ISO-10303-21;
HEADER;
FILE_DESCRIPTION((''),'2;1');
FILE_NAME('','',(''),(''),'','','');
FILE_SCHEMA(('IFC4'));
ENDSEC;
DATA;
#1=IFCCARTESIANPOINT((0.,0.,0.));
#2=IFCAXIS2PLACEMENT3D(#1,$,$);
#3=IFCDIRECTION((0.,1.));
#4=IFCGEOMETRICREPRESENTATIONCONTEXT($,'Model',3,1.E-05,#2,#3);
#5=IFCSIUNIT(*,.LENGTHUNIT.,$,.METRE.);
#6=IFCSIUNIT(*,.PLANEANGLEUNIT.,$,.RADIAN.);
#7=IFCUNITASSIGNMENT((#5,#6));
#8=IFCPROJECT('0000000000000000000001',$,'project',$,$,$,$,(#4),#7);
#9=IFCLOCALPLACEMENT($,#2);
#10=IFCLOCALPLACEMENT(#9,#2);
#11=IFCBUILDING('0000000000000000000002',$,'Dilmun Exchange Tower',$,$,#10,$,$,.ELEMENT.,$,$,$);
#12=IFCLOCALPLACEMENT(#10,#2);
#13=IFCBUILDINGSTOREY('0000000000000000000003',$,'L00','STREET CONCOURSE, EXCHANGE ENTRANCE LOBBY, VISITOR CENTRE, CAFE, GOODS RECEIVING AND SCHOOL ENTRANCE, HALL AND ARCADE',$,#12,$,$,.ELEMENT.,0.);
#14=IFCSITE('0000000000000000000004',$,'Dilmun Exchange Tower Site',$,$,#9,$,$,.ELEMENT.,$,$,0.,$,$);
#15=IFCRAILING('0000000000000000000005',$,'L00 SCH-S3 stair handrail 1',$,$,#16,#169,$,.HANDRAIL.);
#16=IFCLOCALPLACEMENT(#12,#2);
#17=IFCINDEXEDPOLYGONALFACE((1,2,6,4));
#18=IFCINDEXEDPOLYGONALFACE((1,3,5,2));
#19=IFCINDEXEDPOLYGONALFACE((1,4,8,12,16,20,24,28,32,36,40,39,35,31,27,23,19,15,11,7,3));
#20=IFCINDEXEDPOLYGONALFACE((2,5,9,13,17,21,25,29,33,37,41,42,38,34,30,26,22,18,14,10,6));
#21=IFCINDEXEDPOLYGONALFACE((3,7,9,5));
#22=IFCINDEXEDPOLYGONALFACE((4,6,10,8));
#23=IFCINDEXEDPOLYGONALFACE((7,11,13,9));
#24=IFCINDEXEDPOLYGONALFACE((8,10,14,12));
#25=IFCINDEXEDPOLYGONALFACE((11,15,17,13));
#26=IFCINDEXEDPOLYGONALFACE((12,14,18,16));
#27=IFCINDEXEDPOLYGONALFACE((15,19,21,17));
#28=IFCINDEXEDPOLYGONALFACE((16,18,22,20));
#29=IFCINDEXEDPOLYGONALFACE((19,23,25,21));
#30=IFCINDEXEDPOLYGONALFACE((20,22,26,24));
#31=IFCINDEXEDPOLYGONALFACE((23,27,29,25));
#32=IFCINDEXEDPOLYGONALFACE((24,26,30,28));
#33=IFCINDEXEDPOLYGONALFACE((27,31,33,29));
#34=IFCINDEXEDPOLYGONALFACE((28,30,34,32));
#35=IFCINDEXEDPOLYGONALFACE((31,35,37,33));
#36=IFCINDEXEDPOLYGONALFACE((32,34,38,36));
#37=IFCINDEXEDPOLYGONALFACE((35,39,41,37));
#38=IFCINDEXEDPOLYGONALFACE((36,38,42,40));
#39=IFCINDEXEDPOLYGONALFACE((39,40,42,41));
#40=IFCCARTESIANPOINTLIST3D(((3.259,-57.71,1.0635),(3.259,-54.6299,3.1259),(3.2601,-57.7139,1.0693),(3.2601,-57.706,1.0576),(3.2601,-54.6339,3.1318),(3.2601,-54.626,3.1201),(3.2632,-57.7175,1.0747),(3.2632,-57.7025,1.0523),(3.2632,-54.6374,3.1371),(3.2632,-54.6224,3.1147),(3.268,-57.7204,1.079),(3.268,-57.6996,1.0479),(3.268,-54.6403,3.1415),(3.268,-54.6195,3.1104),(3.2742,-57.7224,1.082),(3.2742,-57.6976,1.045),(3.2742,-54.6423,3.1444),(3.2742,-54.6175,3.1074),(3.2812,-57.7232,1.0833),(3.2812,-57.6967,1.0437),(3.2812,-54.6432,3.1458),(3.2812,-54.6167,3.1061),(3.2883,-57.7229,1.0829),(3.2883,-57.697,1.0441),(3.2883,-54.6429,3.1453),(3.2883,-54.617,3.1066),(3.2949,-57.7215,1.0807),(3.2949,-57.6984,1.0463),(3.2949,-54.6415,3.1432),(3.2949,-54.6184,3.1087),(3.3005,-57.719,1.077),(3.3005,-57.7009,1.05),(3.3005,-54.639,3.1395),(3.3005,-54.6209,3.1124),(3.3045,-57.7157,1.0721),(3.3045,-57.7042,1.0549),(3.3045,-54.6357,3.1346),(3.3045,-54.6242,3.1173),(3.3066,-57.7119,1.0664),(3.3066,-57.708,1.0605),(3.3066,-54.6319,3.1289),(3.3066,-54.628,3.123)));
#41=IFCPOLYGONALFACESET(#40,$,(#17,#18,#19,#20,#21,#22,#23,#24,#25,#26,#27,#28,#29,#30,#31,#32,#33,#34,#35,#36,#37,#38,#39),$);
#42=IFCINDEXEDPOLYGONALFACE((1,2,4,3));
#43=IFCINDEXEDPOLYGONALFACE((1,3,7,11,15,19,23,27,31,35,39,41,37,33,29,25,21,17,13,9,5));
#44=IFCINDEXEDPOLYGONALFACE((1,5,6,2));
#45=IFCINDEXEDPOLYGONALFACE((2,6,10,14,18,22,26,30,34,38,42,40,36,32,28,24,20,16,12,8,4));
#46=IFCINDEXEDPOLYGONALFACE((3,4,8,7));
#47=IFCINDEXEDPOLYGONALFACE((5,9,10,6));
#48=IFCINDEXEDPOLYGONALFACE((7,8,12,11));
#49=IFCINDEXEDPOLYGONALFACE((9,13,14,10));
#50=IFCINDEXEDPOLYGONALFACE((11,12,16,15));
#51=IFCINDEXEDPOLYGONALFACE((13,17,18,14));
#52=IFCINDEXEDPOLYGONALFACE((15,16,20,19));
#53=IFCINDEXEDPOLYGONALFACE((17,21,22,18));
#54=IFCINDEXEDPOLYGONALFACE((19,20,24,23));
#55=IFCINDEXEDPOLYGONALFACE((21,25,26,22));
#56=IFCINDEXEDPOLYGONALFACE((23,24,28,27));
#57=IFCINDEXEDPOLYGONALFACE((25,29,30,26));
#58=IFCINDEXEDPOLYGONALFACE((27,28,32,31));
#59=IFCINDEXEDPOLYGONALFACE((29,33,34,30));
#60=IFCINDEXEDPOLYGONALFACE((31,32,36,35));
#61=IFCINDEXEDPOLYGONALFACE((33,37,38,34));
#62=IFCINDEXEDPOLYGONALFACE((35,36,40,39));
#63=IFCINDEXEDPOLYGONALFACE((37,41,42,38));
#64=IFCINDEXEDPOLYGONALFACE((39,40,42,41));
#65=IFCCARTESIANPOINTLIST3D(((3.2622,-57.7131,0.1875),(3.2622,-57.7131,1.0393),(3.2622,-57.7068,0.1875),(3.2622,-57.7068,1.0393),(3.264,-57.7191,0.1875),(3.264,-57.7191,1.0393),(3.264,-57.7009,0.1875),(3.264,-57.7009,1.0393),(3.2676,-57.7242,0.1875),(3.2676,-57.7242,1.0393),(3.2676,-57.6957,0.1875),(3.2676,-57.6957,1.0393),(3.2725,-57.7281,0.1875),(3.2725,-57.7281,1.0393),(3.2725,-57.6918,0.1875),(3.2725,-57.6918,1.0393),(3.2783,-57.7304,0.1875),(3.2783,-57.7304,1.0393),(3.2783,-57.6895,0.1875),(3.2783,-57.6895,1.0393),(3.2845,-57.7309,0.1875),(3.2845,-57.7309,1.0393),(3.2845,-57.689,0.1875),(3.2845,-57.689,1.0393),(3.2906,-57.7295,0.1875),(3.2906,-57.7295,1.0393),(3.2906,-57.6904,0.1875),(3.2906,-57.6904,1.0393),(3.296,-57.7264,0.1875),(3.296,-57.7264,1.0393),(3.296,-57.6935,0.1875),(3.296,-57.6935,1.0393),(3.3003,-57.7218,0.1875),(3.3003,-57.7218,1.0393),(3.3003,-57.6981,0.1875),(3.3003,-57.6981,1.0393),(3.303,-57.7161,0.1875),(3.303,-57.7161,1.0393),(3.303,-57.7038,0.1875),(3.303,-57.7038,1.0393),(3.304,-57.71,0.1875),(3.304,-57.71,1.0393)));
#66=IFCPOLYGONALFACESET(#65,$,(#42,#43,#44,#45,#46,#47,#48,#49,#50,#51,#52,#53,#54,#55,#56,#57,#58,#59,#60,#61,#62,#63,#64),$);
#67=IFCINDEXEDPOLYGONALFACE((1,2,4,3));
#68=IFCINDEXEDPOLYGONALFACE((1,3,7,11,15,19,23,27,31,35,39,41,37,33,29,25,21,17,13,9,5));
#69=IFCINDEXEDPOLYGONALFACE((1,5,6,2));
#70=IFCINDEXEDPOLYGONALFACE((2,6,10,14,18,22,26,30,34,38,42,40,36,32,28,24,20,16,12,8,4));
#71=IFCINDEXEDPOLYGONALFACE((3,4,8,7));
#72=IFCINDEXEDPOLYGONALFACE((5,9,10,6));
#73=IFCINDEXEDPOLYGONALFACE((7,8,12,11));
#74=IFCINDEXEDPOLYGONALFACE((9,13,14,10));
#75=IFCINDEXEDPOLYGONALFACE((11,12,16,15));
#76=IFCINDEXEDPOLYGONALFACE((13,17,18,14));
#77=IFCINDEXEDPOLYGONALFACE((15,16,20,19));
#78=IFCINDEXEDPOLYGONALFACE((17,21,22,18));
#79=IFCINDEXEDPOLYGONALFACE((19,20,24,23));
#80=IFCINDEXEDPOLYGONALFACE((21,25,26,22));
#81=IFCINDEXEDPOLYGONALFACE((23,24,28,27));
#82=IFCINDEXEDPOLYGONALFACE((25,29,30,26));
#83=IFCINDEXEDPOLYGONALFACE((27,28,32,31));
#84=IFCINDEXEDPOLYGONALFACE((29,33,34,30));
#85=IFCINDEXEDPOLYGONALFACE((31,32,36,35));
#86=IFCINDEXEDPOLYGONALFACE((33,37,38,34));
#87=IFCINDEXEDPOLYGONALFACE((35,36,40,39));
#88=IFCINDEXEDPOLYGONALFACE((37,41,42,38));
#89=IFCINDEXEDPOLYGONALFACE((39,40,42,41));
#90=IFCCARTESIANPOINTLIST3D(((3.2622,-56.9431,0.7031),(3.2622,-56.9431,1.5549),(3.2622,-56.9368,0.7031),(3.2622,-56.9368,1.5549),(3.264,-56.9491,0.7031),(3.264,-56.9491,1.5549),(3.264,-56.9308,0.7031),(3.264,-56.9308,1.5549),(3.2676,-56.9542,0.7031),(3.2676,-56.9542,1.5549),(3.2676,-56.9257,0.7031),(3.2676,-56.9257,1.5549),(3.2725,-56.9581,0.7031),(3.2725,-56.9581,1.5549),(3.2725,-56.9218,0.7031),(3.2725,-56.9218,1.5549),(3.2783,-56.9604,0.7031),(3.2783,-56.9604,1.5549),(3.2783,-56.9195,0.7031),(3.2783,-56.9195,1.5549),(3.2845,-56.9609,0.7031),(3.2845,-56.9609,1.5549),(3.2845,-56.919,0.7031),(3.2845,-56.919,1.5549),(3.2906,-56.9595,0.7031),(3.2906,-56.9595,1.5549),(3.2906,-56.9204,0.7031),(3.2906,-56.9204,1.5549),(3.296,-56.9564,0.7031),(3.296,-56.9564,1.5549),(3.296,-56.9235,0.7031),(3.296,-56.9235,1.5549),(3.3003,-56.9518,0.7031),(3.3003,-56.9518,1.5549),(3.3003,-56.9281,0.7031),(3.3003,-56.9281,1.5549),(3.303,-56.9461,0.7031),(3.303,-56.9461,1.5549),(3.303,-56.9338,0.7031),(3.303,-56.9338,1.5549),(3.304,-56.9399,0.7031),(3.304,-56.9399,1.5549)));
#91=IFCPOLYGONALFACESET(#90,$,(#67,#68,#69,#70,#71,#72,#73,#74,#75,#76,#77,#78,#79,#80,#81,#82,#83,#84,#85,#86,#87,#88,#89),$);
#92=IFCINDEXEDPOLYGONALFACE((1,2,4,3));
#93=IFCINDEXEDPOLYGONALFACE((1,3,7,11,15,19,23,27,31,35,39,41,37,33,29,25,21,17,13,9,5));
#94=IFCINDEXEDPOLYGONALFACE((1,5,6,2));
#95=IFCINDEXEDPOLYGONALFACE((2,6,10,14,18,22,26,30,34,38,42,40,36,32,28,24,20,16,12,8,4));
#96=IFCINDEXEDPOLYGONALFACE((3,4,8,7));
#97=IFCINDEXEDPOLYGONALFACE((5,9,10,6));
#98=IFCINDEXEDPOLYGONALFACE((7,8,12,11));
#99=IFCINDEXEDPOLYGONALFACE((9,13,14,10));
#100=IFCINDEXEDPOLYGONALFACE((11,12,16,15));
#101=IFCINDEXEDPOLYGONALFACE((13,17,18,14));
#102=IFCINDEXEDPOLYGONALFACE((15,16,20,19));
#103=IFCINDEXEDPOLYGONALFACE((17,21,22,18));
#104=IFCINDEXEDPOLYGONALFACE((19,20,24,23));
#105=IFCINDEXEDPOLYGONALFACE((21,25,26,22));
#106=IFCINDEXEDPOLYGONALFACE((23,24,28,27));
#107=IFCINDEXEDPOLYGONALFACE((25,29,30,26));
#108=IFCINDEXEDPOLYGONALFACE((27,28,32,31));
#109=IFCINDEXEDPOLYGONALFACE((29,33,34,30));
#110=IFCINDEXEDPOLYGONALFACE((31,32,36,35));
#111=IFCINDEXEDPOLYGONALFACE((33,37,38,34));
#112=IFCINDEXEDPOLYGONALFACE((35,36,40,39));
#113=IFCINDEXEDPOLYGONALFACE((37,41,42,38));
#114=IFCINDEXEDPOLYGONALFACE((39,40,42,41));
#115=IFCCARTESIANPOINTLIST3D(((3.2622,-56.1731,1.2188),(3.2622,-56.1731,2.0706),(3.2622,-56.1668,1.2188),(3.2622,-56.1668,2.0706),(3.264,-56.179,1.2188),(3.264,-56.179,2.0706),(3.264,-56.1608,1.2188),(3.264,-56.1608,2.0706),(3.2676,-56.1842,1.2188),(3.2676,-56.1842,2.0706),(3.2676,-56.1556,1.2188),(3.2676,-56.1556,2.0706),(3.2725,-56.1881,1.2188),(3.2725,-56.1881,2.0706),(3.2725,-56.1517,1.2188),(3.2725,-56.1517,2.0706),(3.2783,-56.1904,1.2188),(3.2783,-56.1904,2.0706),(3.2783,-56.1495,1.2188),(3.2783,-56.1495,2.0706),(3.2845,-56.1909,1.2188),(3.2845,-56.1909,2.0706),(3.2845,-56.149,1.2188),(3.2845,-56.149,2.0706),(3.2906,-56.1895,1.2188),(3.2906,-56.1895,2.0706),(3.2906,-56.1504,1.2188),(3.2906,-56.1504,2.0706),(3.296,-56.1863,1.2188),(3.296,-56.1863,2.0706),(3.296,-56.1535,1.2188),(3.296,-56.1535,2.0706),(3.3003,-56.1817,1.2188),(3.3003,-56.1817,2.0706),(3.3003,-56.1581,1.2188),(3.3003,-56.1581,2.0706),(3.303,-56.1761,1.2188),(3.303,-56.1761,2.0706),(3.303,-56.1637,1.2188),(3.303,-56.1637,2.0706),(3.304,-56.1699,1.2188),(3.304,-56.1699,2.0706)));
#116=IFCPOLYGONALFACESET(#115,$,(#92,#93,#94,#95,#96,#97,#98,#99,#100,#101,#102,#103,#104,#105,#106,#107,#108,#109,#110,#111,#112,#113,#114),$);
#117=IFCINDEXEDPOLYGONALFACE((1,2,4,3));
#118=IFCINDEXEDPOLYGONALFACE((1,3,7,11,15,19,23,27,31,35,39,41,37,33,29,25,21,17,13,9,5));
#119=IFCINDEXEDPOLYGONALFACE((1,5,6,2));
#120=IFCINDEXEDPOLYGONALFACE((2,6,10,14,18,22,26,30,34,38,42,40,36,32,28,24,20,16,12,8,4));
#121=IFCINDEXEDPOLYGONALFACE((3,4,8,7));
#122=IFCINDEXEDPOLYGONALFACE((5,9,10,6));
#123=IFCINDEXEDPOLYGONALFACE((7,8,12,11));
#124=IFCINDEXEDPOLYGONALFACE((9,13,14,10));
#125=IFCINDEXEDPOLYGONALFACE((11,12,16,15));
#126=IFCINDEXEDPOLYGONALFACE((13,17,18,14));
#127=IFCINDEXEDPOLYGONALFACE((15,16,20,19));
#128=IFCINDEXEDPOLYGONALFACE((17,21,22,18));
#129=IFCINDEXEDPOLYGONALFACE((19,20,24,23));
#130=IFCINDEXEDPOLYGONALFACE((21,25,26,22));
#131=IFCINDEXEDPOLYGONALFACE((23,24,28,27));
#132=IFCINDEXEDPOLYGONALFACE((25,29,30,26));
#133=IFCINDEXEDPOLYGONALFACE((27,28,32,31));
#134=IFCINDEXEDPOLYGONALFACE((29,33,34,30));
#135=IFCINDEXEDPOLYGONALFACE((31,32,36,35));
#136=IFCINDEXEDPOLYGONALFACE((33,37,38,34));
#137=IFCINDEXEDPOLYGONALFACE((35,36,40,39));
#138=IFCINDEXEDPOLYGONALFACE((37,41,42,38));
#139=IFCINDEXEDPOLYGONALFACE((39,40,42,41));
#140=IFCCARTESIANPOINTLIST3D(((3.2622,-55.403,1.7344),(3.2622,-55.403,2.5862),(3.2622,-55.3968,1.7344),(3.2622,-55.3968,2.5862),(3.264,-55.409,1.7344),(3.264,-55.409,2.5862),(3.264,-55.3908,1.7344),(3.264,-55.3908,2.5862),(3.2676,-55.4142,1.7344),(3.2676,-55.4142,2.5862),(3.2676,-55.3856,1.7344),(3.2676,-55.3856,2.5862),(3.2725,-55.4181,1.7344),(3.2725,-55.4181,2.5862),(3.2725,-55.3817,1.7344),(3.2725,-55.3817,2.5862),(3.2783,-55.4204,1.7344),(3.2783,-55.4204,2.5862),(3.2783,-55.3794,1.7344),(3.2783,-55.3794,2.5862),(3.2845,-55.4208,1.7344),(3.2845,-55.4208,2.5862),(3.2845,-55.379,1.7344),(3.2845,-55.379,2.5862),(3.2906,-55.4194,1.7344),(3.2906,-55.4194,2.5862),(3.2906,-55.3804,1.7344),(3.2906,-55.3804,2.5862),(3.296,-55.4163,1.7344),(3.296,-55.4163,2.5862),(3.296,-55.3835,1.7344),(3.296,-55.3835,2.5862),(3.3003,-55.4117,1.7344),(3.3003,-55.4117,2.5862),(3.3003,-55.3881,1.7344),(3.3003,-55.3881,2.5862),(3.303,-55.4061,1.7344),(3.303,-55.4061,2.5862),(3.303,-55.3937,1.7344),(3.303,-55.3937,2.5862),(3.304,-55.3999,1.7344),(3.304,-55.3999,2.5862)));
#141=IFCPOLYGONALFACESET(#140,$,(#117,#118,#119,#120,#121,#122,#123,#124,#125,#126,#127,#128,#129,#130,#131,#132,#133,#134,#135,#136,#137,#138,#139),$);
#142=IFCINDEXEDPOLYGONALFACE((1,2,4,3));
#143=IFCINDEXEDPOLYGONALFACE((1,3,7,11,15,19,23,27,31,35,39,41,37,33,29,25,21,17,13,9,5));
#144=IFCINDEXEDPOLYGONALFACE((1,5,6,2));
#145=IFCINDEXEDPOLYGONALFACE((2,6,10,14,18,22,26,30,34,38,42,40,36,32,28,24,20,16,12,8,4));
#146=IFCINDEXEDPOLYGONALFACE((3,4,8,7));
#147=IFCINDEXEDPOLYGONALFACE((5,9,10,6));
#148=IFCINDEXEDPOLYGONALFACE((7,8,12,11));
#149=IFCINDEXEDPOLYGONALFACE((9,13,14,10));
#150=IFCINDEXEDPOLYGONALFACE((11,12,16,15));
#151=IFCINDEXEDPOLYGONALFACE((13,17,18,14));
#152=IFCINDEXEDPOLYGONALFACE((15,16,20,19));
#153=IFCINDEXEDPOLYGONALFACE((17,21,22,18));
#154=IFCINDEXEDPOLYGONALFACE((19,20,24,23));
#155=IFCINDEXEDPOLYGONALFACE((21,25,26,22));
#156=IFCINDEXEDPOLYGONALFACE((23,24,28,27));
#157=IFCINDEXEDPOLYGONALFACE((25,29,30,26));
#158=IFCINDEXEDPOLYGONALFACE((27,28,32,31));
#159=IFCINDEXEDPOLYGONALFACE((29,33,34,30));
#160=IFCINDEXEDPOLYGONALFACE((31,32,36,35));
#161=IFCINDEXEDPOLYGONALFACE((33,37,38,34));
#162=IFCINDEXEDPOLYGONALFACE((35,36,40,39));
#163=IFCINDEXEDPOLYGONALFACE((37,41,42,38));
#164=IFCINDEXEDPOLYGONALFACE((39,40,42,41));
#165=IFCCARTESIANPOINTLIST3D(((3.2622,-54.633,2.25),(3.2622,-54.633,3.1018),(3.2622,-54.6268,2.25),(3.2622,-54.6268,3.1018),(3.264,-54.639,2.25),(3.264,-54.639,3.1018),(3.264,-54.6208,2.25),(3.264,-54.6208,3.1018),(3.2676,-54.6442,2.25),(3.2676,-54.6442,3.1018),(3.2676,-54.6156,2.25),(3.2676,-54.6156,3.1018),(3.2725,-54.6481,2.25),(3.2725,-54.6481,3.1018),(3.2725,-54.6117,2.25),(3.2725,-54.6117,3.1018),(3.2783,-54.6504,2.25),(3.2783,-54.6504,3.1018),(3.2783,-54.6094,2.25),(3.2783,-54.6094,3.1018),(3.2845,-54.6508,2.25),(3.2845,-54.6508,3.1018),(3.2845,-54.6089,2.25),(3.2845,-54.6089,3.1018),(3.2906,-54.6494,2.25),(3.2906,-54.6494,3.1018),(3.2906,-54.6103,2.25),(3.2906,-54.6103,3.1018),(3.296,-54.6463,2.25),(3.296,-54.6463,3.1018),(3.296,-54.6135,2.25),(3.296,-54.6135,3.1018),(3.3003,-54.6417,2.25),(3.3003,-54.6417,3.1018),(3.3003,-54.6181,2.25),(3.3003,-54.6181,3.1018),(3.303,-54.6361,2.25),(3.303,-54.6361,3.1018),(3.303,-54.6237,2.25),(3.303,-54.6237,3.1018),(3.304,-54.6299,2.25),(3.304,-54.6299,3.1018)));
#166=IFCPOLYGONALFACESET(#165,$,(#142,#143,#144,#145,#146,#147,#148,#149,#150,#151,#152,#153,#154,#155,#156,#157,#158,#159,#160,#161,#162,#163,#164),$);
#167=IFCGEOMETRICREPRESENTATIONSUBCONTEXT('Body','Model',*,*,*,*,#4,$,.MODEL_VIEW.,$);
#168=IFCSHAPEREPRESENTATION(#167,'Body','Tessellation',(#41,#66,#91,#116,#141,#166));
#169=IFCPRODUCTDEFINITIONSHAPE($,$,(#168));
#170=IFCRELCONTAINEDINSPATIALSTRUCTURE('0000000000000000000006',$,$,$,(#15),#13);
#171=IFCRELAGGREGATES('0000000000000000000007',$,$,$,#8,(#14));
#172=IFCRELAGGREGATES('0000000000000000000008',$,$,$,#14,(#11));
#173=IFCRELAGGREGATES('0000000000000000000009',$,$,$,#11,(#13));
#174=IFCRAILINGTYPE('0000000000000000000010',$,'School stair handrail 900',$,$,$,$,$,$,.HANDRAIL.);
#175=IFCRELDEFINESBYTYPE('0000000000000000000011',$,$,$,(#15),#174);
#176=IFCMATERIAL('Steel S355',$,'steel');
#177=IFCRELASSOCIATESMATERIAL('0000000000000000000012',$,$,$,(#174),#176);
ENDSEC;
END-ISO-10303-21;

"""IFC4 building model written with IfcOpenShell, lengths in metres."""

from ifc_helpers import new_model, si_unit, direction, frame, origin, origin_2d, place, context, subcontext, project, spatial, circle, extrude, material, type_object, element, save


model = new_model("IFC4")

# Units and contexts
model_context = context("Model", 3, precision=1e-05, world=origin(), true_north=direction((0.0, 1.0)))
body_context = subcontext(model_context, "Body", "Model", "MODEL_VIEW")
ifc_project = project(units=[si_unit("LENGTHUNIT", "METRE"), si_unit("PLANEANGLEUNIT", "RADIAN")], contexts=[model_context])

# Site, building, storey
site_placement = place(None, origin())
site = spatial("IfcSite", under=ifc_project, at=site_placement, Name="Dilmun Exchange Tower Site", CompositionType="ELEMENT", RefElevation=0.0)
building_placement = place(site_placement, origin())
building = spatial("IfcBuilding", under=site, at=building_placement, Name="Dilmun Exchange Tower", CompositionType="ELEMENT")
storey_placement = place(building_placement, origin())
storey = spatial("IfcBuildingStorey", under=building, at=storey_placement, Name="L00", Description="STREET CONCOURSE, EXCHANGE ENTRANCE LOBBY, VISITOR CENTRE, CAFE, GOODS RECEIVING AND SCHOOL ENTRANCE, HALL AND ARCADE", CompositionType="ELEMENT", Elevation=0.0)

# Railing
ifc_material_1 = material(Name="Steel S355", Category="steel")
railing_type_1 = type_object("IfcRailingType", Name="School stair handrail 900", PredefinedType="HANDRAIL", material=ifc_material_1)
railing_1_placement = place(storey_placement, frame((3.283, -57.71, 0.1875)))
element("IfcRailing", 1, at=railing_1_placement, inside=storey, type_object=railing_type_1, Name="L00 SCH-S3 stair handrail 1", PredefinedType="HANDRAIL", context=body_context, shape_type="SweptSolid", body=[
    extrude(circle(Radius=0.0239, at=origin_2d()), frame((0.0, 0.0, 0.876), z_axis=(0.0, 0.830914, 0.556401), x_axis=(-1.0, 0.0, 0.0)), (0.0, 0.0, 1.0), 3.7068),
    extrude(circle(Radius=0.021, at=origin_2d()), origin(), (0.0, 0.0, 1.0), 0.8518),
    extrude(circle(Radius=0.021, at=origin_2d()), frame((0.0, 0.77, 0.5156)), (0.0, 0.0, 1.0), 0.8518),
    extrude(circle(Radius=0.021, at=origin_2d()), frame((0.0, 1.54, 1.0312)), (0.0, 0.0, 1.0), 0.8518),
    extrude(circle(Radius=0.021, at=origin_2d()), frame((0.0, 2.3101, 1.5469)), (0.0, 0.0, 1.0), 0.8518),
    extrude(circle(Radius=0.021, at=origin_2d()), frame((0.0, 3.0801, 2.0625)), (0.0, 0.0, 1.0), 0.8518),
])

save(model, "model.ifc")
